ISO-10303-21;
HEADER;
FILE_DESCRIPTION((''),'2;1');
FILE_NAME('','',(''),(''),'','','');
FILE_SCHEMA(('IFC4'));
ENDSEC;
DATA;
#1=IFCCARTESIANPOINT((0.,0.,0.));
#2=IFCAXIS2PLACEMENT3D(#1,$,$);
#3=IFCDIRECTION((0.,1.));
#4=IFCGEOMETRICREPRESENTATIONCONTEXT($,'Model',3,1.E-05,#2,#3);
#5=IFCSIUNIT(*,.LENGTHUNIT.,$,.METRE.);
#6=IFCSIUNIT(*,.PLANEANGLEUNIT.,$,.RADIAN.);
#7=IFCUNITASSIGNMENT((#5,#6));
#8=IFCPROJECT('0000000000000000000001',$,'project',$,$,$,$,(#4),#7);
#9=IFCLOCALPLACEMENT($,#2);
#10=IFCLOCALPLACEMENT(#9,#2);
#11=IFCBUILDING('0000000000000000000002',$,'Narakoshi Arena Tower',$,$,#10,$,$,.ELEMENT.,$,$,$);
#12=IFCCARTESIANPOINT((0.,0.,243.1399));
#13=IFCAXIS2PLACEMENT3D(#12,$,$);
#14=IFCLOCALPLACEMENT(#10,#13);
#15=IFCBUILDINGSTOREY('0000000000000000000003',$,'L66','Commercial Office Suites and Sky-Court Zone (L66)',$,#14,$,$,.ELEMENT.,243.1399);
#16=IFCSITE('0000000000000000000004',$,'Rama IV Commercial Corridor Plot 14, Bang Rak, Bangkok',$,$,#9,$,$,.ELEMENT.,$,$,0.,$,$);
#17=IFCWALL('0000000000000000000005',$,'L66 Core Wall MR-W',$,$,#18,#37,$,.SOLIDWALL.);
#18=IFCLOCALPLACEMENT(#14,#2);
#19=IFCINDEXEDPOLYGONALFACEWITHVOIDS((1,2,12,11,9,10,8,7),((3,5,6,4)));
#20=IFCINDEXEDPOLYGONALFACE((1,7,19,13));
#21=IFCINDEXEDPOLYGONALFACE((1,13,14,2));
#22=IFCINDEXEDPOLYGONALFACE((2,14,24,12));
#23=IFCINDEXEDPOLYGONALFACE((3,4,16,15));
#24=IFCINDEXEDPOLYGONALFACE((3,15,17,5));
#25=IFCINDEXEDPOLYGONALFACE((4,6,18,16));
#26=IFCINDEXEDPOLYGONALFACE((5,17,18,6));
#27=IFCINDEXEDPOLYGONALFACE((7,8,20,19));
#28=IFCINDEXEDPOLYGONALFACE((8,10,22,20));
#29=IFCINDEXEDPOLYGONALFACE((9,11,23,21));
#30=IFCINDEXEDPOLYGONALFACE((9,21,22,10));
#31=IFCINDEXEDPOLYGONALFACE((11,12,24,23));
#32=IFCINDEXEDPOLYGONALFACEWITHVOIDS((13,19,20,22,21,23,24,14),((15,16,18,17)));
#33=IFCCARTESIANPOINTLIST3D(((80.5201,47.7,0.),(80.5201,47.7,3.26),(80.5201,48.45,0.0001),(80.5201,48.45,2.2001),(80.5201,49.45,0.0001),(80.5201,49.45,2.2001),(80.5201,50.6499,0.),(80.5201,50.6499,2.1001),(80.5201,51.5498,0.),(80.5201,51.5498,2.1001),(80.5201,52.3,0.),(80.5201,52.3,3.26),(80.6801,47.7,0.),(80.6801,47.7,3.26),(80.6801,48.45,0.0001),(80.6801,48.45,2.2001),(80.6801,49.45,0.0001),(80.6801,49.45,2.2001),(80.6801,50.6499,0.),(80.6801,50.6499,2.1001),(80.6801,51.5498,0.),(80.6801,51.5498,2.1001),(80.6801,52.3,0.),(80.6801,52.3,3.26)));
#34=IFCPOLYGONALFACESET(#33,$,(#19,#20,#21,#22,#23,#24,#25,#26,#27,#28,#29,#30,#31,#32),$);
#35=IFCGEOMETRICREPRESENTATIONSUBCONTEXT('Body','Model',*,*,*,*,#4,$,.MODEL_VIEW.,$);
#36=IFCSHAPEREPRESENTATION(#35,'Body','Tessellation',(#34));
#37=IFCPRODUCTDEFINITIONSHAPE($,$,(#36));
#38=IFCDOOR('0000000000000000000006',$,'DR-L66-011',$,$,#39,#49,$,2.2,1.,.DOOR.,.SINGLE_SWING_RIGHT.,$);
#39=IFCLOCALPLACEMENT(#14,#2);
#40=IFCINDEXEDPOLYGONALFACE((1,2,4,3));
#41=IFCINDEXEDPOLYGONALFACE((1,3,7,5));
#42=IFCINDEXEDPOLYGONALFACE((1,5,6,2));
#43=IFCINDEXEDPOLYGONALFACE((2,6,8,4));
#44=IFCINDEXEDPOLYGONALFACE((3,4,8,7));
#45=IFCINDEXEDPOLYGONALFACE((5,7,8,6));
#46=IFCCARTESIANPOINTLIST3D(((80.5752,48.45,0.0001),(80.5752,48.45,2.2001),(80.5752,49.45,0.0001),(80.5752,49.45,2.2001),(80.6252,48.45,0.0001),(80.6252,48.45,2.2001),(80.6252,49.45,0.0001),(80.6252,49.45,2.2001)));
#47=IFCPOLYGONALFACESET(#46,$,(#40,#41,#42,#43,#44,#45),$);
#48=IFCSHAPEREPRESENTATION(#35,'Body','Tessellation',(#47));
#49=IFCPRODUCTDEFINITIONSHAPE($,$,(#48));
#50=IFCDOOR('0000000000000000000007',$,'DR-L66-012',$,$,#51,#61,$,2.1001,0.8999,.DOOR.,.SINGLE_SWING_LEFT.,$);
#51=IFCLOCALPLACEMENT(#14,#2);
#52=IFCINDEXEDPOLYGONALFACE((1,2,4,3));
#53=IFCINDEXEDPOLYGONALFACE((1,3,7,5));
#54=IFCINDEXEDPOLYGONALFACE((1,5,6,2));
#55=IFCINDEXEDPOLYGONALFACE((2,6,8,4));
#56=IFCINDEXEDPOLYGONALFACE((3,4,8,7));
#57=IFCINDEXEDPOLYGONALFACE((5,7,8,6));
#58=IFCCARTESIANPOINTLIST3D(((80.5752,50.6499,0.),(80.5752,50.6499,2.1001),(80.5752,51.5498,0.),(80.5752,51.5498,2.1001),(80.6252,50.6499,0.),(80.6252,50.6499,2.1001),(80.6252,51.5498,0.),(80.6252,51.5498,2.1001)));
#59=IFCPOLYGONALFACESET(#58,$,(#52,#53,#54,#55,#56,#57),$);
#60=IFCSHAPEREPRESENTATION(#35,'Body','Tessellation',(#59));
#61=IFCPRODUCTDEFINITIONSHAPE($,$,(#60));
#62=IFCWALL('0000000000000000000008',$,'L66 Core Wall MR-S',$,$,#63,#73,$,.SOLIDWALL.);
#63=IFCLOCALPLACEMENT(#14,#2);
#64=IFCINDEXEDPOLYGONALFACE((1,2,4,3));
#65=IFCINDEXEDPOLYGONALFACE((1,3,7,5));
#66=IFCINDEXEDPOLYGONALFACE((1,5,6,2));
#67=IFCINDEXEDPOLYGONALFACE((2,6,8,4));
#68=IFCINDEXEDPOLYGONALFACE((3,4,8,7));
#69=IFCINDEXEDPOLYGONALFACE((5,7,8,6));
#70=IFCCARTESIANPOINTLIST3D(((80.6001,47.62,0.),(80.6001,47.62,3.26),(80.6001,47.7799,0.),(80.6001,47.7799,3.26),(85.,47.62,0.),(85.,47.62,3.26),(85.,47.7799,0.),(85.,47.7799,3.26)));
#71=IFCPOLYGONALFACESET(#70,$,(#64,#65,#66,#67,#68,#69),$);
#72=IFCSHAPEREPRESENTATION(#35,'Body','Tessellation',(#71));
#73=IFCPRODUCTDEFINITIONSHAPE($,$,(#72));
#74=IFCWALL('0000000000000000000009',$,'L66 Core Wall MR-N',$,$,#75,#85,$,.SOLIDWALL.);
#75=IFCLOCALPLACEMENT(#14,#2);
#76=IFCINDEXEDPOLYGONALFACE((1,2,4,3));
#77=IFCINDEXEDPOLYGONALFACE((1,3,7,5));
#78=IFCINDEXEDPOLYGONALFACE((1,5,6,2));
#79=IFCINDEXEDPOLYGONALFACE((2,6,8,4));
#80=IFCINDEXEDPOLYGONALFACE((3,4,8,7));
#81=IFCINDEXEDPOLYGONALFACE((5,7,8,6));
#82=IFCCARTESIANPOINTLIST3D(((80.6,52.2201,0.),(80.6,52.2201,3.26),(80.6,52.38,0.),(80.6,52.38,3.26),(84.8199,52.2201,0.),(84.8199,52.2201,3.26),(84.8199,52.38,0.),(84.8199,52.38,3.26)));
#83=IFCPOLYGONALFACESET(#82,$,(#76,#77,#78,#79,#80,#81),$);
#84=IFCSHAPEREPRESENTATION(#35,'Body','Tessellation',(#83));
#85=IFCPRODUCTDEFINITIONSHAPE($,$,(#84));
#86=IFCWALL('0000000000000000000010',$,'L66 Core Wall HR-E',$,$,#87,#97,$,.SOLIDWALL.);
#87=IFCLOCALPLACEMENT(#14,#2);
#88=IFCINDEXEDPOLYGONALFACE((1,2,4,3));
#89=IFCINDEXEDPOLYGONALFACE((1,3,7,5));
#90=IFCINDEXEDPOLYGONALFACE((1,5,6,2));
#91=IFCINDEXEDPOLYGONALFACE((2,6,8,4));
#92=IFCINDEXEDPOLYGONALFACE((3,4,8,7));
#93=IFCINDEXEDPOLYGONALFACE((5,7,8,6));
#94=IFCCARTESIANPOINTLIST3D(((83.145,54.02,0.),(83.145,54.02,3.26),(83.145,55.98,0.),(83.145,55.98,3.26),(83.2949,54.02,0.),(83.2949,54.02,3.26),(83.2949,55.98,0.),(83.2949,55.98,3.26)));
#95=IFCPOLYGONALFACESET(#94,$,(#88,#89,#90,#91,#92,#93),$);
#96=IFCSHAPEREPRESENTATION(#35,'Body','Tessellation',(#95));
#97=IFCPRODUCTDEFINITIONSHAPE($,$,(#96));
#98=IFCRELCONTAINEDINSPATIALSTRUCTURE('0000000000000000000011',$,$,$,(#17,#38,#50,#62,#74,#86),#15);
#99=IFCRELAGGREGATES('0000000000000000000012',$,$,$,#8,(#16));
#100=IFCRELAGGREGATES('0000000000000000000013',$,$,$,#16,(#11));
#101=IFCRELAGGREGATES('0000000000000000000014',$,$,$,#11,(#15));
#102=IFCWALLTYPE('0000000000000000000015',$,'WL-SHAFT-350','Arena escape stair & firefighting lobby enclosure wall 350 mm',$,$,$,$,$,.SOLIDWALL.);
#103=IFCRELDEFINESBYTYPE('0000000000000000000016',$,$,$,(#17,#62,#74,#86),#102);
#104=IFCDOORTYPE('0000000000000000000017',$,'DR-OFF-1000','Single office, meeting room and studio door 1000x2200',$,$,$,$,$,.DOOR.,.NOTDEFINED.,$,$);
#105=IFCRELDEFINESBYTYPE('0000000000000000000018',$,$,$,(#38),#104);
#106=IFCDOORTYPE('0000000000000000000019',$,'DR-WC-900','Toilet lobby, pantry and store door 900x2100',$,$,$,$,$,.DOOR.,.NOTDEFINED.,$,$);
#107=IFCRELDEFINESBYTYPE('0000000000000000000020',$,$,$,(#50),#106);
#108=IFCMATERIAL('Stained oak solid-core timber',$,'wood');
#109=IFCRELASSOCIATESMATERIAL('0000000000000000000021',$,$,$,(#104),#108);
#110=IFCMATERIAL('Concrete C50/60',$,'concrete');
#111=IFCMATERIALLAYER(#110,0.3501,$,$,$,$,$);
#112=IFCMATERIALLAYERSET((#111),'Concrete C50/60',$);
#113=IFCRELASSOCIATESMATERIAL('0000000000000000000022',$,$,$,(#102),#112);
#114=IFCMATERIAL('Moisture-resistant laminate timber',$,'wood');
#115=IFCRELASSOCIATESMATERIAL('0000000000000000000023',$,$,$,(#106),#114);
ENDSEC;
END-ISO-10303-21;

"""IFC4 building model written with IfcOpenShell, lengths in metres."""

from ifc_helpers import new_model, si_unit, direction, frame, frame_2d, origin, place, context, subcontext, project, spatial, rectangle, extrude, material, layer, layer_set, type_object, element, fill, save


model = new_model("IFC4")

# Units and contexts
model_context = context("Model", 3, precision=1e-05, world=origin(), true_north=direction((0.0, 1.0)))
body_context = subcontext(model_context, "Body", "Model", "MODEL_VIEW")
ifc_project = project(units=[si_unit("LENGTHUNIT", "METRE"), si_unit("PLANEANGLEUNIT", "RADIAN")], contexts=[model_context])

# Site, building, storey
site_placement = place(None, origin())
site = spatial("IfcSite", under=ifc_project, at=site_placement, Name="Rama IV Commercial Corridor Plot 14, Bang Rak, Bangkok", CompositionType="ELEMENT", RefElevation=0.0)
building_placement = place(site_placement, origin())
building = spatial("IfcBuilding", under=site, at=building_placement, Name="Narakoshi Arena Tower", CompositionType="ELEMENT")
storey_placement = place(building_placement, frame((0.0, 0.0, 243.1399)))
storey = spatial("IfcBuildingStorey", under=building, at=storey_placement, Name="L66", Description="Commercial Office Suites and Sky-Court Zone (L66)", CompositionType="ELEMENT", Elevation=243.1399)

# Shared definitions
ifc_material_1 = material(Name="Concrete C50/60", Category="concrete")

# Shared definitions
ifc_material_2 = material(Name="Stained oak solid-core timber", Category="wood")
door_type_1 = type_object("IfcDoorType", Name="DR-OFF-1000", Description="Single office, meeting room and studio door 1000x2200", OperationType="NOTDEFINED", PredefinedType="DOOR", material=ifc_material_2)

# Wall, openings, doors
ifc_layer_1 = layer(ifc_material_1, 0.3501)
ifc_layer_set_1 = layer_set([ifc_layer_1], Name="Concrete C50/60")
wall_type_1 = type_object("IfcWallType", Name="WL-SHAFT-350", Description="Arena escape stair & firefighting lobby enclosure wall 350 mm", PredefinedType="SOLIDWALL", material=ifc_layer_set_1)
wall_1_placement = place(storey_placement, frame((80.6001, 47.7, 0.0), z_axis=(0.0, 0.0, 1.0), x_axis=(0.0, 1.0, 0.0)))
wall_1 = element("IfcWall", 1, at=wall_1_placement, inside=storey, type_object=wall_type_1, Name="L66 Core Wall MR-W", PredefinedType="SOLIDWALL", context=body_context, shape_type="SweptSolid", body=[
    extrude(rectangle(XDim=4.6001, YDim=0.1599, at=frame_2d((2.3, 0.0))), origin(), (0.0, 0.0, 1.0), 3.26),
])
opening_1_placement = place(wall_1_placement, frame((0.75, 0.0, 0.0)))
opening_1 = element("IfcOpeningElement", 2, at=opening_1_placement, cuts=wall_1, PredefinedType="OPENING", context=body_context, shape_type="SweptSolid", body=[
    extrude(rectangle(XDim=1.0, YDim=2.2, at=frame_2d((0.5, 1.1001))), frame((0.0, 0.0898, 0.0), z_axis=(0.0, -1.0, 0.0), x_axis=(1.0, 0.0, 0.0)), (0.0, 0.0, 1.0), 0.1799),
])
opening_2_placement = place(wall_1_placement, frame((2.95, 0.0, 0.0)))
opening_2 = element("IfcOpeningElement", 3, at=opening_2_placement, cuts=wall_1, PredefinedType="OPENING", context=body_context, shape_type="SweptSolid", body=[
    extrude(rectangle(XDim=0.8999, YDim=2.1001, at=frame_2d((0.45, 1.05))), frame((0.0, 0.0898, 0.0), z_axis=(0.0, -1.0, 0.0), x_axis=(1.0, 0.0, 0.0)), (0.0, 0.0, 1.0), 0.1799),
])
door_1_placement = place(opening_1_placement, origin())
door_1 = element("IfcDoor", 4, at=door_1_placement, inside=storey, type_object=door_type_1, Name="DR-L66-011", OperationType="SINGLE_SWING_RIGHT", OverallHeight=2.2, OverallWidth=1.0, PredefinedType="DOOR", context=body_context, shape_type="SweptSolid", body=[
    extrude(rectangle(XDim=1.0, YDim=2.2, at=frame_2d((0.5, 1.1001))), frame((0.0, 0.0249, 0.0), z_axis=(0.0, -1.0, 0.0), x_axis=(1.0, 0.0, 0.0)), (0.0, 0.0, 1.0), 0.05),
])
fill(opening_1, door_1)
ifc_material_3 = material(Name="Moisture-resistant laminate timber", Category="wood")
door_type_2 = type_object("IfcDoorType", Name="DR-WC-900", Description="Toilet lobby, pantry and store door 900x2100", OperationType="NOTDEFINED", PredefinedType="DOOR", material=ifc_material_3)
door_2_placement = place(opening_2_placement, origin())
door_2 = element("IfcDoor", 5, at=door_2_placement, inside=storey, type_object=door_type_2, Name="DR-L66-012", OperationType="SINGLE_SWING_LEFT", OverallHeight=2.1001, OverallWidth=0.8999, PredefinedType="DOOR", context=body_context, shape_type="SweptSolid", body=[
    extrude(rectangle(XDim=0.8999, YDim=2.1001, at=frame_2d((0.45, 1.05))), frame((0.0, 0.0249, 0.0), z_axis=(0.0, -1.0, 0.0), x_axis=(1.0, 0.0, 0.0)), (0.0, 0.0, 1.0), 0.05),
])
fill(opening_2, door_2)

# Walls
wall_2_placement = place(storey_placement, frame((80.6001, 47.7, 0.0), z_axis=(0.0, 0.0, 1.0), x_axis=(1.0, 0.0, 0.0)))
element("IfcWall", 6, at=wall_2_placement, inside=storey, type_object=wall_type_1, Name="L66 Core Wall MR-S", PredefinedType="SOLIDWALL", context=body_context, shape_type="SweptSolid", body=[
    extrude(rectangle(XDim=4.3999, YDim=0.1599, at=frame_2d((2.2, 0.0))), origin(), (0.0, 0.0, 1.0), 3.26),
])
wall_3_placement = place(storey_placement, frame((80.6001, 52.3, 0.0), z_axis=(0.0, 0.0, 1.0), x_axis=(1.0, 0.0, 0.0)))
element("IfcWall", 7, at=wall_3_placement, inside=storey, type_object=wall_type_1, Name="L66 Core Wall MR-N", PredefinedType="SOLIDWALL", context=body_context, shape_type="SweptSolid", body=[
    extrude(rectangle(XDim=4.22, YDim=0.1599, at=frame_2d((2.1099, 0.0))), origin(), (0.0, 0.0, 1.0), 3.26),
])
wall_4_placement = place(storey_placement, frame((83.22, 54.02, 0.0), z_axis=(0.0, 0.0, 1.0), x_axis=(0.0, 1.0, 0.0)))
element("IfcWall", 8, at=wall_4_placement, inside=storey, type_object=wall_type_1, Name="L66 Core Wall HR-E", PredefinedType="SOLIDWALL", context=body_context, shape_type="SweptSolid", body=[
    extrude(rectangle(XDim=1.96, YDim=0.1499, at=frame_2d((0.98, 0.0))), origin(), (0.0, 0.0, 1.0), 3.26),
])

save(model, "model.ifc")
